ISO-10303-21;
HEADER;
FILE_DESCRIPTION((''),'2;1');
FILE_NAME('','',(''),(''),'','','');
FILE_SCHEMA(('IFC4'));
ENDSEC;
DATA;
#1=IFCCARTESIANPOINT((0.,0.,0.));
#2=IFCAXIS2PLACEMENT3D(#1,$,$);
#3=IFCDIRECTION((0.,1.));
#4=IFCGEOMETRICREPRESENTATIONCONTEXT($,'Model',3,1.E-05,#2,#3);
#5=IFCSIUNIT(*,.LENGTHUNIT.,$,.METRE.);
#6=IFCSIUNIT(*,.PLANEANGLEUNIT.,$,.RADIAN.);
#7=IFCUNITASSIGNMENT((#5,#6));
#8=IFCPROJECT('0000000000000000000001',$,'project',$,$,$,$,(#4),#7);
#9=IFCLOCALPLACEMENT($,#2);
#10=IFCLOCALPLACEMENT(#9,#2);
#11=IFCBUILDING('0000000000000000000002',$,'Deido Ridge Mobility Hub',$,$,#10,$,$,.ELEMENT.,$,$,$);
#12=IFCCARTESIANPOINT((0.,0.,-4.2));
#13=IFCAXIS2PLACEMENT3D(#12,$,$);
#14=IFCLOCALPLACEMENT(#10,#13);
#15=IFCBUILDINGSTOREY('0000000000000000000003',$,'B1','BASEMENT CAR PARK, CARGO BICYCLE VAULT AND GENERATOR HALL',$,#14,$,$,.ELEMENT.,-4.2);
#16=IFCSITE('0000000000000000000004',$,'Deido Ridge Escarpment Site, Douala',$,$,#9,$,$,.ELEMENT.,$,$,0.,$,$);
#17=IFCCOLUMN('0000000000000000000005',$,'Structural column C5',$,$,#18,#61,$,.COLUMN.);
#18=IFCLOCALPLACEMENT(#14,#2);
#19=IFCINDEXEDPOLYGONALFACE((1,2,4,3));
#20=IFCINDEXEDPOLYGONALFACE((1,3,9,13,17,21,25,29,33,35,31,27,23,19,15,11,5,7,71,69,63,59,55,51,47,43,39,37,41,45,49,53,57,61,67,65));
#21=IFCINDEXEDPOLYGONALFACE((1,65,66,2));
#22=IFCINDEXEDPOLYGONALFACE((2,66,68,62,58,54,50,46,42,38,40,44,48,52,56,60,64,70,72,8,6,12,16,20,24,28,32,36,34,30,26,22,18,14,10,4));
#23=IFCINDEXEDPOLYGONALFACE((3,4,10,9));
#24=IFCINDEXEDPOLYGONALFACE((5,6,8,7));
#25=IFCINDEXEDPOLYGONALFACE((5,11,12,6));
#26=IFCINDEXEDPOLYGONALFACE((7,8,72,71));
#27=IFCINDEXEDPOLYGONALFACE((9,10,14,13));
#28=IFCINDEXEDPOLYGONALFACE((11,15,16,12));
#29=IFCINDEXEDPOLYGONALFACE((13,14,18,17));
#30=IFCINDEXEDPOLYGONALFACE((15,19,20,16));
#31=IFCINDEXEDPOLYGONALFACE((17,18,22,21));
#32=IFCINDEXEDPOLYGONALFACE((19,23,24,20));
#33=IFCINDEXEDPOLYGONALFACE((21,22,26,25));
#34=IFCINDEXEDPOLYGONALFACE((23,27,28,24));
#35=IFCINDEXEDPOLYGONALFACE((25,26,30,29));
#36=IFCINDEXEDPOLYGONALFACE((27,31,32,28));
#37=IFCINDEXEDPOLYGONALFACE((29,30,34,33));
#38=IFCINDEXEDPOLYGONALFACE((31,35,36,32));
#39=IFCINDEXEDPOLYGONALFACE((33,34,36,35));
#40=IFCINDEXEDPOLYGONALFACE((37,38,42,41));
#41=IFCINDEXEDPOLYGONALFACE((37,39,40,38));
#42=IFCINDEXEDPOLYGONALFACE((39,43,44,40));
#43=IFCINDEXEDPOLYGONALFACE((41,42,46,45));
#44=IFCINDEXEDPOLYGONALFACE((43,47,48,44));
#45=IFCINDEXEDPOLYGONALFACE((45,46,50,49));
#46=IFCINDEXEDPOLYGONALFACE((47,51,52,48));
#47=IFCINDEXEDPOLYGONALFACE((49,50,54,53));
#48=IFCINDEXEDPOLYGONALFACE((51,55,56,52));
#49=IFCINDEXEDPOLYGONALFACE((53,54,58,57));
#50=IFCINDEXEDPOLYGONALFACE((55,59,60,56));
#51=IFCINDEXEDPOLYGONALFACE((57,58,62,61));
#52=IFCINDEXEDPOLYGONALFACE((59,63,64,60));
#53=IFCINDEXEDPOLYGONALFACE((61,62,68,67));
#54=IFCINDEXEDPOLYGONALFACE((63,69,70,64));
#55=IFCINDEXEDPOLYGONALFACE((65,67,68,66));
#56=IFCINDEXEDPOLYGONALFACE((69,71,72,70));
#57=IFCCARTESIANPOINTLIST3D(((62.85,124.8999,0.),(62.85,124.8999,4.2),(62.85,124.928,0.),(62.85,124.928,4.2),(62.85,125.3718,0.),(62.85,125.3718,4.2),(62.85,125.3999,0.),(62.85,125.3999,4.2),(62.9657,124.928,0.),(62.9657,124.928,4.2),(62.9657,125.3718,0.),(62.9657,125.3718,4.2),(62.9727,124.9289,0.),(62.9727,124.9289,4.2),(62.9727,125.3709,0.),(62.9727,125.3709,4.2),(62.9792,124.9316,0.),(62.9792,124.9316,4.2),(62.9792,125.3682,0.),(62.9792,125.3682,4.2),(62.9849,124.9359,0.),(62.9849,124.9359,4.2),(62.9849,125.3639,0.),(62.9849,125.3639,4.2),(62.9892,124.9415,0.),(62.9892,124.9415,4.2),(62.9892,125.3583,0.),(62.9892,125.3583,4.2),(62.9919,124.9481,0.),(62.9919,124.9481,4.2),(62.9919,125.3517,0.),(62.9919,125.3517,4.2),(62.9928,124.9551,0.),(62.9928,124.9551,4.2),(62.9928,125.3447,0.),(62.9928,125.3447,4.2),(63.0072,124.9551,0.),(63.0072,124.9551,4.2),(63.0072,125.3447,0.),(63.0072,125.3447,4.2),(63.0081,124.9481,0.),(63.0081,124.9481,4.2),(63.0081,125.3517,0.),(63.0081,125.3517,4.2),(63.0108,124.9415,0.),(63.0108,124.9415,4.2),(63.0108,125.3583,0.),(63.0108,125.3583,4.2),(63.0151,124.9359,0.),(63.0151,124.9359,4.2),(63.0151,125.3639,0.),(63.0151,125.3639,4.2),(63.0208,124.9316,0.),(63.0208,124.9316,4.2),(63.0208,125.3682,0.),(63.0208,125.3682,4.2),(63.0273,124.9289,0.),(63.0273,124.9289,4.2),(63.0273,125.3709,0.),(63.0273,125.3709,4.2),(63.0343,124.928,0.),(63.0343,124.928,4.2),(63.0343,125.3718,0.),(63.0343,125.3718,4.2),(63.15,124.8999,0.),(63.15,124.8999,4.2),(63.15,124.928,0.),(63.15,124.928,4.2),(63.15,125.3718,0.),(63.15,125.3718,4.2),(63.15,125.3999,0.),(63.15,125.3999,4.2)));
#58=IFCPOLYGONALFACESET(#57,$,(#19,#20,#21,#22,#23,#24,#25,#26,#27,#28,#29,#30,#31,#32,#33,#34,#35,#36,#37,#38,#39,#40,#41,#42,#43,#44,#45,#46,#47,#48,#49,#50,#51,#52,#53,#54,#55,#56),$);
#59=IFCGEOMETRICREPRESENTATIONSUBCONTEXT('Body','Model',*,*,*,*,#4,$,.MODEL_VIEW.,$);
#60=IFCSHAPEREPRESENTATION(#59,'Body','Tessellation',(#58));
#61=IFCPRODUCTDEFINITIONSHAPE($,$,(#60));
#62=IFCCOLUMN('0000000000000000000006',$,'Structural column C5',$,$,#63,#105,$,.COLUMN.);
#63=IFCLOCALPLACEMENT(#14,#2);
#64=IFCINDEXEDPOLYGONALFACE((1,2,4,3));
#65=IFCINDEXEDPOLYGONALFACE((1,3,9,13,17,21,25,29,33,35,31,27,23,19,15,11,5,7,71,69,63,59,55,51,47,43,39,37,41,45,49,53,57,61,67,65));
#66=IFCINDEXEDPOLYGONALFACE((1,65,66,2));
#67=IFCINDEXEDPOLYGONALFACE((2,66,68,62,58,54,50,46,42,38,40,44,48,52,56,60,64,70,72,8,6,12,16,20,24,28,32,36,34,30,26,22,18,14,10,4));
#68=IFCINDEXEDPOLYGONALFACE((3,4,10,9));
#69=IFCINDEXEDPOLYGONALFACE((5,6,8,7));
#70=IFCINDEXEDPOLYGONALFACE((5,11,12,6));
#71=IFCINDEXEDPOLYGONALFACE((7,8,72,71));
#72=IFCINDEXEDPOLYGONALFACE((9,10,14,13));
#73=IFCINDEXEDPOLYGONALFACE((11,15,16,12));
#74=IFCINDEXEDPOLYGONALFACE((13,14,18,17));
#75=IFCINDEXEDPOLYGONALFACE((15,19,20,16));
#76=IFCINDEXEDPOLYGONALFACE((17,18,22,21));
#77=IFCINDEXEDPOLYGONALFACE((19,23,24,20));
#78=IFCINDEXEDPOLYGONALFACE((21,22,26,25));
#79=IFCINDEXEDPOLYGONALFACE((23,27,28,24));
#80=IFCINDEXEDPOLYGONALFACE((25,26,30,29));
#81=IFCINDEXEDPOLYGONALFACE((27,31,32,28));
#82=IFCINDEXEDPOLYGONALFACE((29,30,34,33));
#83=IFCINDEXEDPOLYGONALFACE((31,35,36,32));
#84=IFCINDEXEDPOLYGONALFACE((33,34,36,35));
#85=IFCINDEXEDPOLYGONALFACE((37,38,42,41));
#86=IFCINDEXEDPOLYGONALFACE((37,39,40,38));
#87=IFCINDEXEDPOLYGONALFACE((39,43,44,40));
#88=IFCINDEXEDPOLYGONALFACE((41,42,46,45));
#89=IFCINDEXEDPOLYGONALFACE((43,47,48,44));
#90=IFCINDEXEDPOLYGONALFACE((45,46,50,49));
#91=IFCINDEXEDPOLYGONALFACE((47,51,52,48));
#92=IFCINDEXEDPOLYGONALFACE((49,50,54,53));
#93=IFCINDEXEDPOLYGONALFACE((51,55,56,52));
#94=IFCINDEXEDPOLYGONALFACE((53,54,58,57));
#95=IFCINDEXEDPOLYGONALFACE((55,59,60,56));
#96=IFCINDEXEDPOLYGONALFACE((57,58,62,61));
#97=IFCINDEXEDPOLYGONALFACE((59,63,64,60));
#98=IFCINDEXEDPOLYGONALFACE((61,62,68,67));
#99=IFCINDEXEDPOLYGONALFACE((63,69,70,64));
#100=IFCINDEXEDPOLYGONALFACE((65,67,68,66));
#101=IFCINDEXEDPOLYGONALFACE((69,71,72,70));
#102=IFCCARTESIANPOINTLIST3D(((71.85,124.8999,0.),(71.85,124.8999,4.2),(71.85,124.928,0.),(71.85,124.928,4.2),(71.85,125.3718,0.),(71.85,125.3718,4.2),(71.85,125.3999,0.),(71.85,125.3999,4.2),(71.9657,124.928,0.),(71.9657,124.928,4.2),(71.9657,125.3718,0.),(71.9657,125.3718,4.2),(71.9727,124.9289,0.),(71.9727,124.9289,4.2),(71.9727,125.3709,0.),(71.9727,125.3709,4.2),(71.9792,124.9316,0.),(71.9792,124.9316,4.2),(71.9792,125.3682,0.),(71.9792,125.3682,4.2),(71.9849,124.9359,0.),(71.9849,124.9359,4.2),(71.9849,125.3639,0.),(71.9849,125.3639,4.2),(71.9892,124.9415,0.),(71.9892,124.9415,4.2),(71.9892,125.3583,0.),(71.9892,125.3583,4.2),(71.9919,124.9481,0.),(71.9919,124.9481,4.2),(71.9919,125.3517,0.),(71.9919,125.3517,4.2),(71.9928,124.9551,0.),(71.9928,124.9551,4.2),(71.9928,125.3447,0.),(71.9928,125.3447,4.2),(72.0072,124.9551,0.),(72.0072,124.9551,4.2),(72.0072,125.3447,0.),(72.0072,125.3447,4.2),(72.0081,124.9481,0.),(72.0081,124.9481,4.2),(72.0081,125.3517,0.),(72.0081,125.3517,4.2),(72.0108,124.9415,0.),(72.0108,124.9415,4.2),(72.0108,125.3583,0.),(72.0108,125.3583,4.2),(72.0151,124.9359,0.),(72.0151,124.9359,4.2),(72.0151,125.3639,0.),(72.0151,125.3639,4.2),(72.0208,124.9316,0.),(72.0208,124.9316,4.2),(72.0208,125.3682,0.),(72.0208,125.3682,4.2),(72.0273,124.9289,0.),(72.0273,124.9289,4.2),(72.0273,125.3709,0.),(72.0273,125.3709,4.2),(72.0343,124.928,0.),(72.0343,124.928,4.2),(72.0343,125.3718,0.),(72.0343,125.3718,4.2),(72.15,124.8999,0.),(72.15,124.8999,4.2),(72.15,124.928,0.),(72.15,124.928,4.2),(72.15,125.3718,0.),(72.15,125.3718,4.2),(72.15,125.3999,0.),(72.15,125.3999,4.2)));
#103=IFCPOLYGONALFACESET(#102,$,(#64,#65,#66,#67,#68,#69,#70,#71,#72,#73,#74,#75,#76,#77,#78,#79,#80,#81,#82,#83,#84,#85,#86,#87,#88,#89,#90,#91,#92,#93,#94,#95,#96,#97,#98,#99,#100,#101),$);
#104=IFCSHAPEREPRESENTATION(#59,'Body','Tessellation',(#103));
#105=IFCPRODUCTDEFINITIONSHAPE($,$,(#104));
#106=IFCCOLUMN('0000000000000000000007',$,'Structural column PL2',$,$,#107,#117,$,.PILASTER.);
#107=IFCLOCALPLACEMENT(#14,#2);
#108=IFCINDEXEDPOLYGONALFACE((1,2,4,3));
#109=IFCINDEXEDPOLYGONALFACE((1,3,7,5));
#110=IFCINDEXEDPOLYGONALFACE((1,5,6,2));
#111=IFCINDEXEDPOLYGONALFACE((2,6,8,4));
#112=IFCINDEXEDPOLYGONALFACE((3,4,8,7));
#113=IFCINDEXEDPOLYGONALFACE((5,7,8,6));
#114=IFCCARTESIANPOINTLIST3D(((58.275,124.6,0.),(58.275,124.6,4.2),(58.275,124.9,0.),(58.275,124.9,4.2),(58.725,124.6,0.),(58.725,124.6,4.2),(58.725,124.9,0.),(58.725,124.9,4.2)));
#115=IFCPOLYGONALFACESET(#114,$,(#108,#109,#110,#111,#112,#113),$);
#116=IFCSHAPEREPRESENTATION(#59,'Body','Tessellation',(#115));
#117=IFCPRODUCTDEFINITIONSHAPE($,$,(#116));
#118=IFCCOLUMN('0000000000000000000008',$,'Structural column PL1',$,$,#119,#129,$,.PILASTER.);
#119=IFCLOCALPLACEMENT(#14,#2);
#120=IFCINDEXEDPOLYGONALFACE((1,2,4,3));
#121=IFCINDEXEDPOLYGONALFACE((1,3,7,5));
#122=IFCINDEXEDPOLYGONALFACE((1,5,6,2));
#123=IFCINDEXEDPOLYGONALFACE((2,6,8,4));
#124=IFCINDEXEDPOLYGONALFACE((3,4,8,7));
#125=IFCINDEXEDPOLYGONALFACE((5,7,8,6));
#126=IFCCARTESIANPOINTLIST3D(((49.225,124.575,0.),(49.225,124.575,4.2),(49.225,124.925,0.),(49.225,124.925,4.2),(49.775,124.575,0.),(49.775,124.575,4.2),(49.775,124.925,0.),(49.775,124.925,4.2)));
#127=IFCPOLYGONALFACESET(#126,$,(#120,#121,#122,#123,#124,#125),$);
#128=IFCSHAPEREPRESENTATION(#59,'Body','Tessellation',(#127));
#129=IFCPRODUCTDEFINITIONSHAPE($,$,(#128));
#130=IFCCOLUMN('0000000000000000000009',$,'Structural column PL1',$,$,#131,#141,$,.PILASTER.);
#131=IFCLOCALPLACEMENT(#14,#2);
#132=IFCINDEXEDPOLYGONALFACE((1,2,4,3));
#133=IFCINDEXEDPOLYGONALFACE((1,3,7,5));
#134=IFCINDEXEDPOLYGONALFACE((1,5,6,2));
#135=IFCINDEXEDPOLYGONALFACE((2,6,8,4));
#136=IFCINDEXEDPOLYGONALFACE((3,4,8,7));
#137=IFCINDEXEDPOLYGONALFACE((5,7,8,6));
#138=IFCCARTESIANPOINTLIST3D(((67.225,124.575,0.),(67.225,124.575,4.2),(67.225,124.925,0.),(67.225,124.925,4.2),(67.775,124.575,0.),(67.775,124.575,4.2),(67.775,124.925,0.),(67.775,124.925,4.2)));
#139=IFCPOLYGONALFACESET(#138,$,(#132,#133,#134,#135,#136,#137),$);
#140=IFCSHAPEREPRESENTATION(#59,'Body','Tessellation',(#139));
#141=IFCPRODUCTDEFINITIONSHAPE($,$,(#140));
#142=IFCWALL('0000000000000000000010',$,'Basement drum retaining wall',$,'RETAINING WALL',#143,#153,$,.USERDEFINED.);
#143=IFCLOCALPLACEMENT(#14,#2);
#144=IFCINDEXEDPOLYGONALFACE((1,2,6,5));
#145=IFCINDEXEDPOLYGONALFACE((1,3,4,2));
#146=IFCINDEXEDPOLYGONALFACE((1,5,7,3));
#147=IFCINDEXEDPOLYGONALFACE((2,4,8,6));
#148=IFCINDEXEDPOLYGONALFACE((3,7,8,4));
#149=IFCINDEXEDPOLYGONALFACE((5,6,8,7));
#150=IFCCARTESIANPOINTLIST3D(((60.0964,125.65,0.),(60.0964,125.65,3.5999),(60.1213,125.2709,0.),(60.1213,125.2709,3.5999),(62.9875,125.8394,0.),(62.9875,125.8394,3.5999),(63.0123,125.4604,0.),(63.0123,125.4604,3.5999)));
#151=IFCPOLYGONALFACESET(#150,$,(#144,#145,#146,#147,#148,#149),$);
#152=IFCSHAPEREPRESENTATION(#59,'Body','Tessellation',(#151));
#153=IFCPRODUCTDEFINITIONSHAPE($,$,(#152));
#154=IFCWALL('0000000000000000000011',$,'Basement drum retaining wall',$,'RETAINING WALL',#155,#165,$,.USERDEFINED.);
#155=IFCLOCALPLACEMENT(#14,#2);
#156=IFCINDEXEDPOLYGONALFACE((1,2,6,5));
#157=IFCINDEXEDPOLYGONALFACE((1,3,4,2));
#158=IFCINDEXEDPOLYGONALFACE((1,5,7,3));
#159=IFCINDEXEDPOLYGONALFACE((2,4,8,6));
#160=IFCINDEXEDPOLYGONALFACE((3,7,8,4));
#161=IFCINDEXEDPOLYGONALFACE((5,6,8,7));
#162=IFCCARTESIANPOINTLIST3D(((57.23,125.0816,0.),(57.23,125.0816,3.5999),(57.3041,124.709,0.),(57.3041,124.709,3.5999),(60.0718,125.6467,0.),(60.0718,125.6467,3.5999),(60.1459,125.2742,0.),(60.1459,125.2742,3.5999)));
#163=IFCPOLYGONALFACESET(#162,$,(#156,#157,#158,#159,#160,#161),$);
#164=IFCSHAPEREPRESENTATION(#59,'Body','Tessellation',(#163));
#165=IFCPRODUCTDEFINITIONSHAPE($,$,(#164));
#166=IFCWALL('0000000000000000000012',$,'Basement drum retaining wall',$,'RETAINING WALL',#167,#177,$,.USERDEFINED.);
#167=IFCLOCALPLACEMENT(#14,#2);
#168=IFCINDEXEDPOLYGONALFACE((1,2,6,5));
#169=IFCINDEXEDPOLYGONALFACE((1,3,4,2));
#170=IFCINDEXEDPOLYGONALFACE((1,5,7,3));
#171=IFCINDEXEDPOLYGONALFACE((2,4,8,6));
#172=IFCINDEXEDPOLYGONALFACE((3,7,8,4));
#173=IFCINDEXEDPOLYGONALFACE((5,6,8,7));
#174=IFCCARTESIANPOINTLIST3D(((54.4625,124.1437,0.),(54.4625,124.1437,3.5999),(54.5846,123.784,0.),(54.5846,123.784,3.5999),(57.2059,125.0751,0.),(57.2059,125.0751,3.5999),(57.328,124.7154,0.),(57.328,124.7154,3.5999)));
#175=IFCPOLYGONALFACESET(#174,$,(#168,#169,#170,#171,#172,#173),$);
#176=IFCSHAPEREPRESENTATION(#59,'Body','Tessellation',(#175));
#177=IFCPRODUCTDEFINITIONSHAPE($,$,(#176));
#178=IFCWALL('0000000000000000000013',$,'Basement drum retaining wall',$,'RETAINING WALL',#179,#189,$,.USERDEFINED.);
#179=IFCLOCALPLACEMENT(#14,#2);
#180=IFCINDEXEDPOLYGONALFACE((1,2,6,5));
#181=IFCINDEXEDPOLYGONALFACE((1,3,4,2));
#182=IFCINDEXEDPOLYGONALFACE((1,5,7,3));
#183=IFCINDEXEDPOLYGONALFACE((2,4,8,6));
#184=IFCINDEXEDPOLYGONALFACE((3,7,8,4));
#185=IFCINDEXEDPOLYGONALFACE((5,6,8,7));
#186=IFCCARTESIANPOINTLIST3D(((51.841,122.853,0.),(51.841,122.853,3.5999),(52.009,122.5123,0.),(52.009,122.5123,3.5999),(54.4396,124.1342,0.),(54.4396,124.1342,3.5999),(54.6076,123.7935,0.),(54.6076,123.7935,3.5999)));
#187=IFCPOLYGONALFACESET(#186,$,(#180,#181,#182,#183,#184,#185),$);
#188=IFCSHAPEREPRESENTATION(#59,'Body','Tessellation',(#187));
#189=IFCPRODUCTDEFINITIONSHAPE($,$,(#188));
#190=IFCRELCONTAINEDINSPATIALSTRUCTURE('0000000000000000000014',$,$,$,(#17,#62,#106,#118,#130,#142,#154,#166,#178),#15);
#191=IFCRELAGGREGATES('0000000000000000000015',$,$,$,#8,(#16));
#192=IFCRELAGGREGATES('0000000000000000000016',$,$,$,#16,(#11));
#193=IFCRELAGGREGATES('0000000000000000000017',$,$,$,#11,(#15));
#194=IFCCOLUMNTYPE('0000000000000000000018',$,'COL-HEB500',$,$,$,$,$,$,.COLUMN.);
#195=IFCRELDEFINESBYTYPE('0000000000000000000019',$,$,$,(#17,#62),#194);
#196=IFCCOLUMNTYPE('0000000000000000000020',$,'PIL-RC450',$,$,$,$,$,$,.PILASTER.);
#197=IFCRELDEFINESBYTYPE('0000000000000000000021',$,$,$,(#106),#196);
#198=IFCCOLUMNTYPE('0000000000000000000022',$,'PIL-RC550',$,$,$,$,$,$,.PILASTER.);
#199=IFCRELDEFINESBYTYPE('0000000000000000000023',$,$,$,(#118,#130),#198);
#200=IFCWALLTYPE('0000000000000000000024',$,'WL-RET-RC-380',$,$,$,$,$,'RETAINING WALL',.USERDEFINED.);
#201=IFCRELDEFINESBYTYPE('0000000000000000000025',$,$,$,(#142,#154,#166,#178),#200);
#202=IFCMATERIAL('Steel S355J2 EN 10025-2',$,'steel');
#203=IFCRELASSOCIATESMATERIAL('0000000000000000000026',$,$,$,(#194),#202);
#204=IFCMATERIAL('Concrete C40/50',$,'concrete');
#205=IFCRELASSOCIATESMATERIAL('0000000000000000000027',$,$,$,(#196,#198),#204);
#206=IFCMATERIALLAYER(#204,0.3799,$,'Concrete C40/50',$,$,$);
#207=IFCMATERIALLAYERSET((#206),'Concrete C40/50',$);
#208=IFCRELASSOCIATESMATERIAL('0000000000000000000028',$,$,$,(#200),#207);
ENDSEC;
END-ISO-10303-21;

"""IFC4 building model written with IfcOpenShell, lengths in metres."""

from ifc_helpers import new_model, si_unit, direction, frame, frame_2d, origin, origin_2d, place, context, subcontext, project, spatial, rectangle, i_section, extrude, material, layer, layer_set, material_profile, profile_set, type_object, element, save


model = new_model("IFC4")

# Units and contexts
model_context = context("Model", 3, precision=1e-05, world=origin(), true_north=direction((0.0, 1.0)))
body_context = subcontext(model_context, "Body", "Model", "MODEL_VIEW")
ifc_project = project(units=[si_unit("LENGTHUNIT", "METRE"), si_unit("PLANEANGLEUNIT", "RADIAN")], contexts=[model_context])

# Site, building, storey
site_placement = place(None, origin())
site = spatial("IfcSite", under=ifc_project, at=site_placement, Name="Deido Ridge Escarpment Site, Douala", CompositionType="ELEMENT", RefElevation=0.0)
building_placement = place(site_placement, origin())
building = spatial("IfcBuilding", under=site, at=building_placement, Name="Deido Ridge Mobility Hub", CompositionType="ELEMENT")
storey_placement = place(building_placement, frame((0.0, 0.0, -4.2)))
storey = spatial("IfcBuildingStorey", under=building, at=storey_placement, Name="B1", Description="BASEMENT CAR PARK, CARGO BICYCLE VAULT AND GENERATOR HALL", CompositionType="ELEMENT", Elevation=-4.2)

# Shared definitions
ifc_material_1 = material(Name="Concrete C40/50", Category="concrete")

# Columns
ifc_material_2 = material(Name="Steel S355J2 EN 10025-2", Category="steel")
ifc_material_profile_1 = material_profile(ifc_material_2, i_section(OverallWidth=0.3, OverallDepth=0.5, WebThickness=0.0144, FlangeThickness=0.0281, FilletRadius=0.0271, at=origin_2d()), Name="HEB 500")
ifc_profile_set_1 = profile_set([ifc_material_profile_1], Name="Steel S355J2 EN 10025-2")
column_type_1 = type_object("IfcColumnType", Name="COL-HEB500", PredefinedType="COLUMN", material=ifc_profile_set_1)
for number, where, z_axis, x_axis, name in (
    (1, (63.0, 125.1499, 0.0), (0.0, 0.0, 1.0), (1.0, 0.0, 0.0), "Structural column C5"),
    (2, (72.0, 125.1499, 0.0), (0.0, 0.0, 1.0), (1.0, 0.0, 0.0), "Structural column C5"),
):
    element("IfcColumn", number, at=place(storey_placement, frame(where, z_axis=z_axis, x_axis=x_axis)), inside=storey, type_object=column_type_1, Name=name, PredefinedType="COLUMN", context=body_context, shape_type="SweptSolid", body=[
        extrude(i_section(OverallWidth=0.3, OverallDepth=0.5, WebThickness=0.0144, FlangeThickness=0.0281, FilletRadius=0.0271, at=origin_2d()), origin(), (0.0, 0.0, 1.0), 4.2),
    ])
ifc_material_profile_2 = material_profile(ifc_material_1, rectangle(XDim=0.45, YDim=0.3, at=origin_2d()), Name="RC PILASTER 450x300")
ifc_profile_set_2 = profile_set([ifc_material_profile_2], Name="Concrete C40/50")
column_type_2 = type_object("IfcColumnType", Name="PIL-RC450", PredefinedType="PILASTER", material=ifc_profile_set_2)
column_placement = place(storey_placement, frame((58.5, 124.75, 0.0), z_axis=(0.0, 0.0, 1.0), x_axis=(1.0, 0.0, 0.0)))
element("IfcColumn", 3, at=column_placement, inside=storey, type_object=column_type_2, Name="Structural column PL2", PredefinedType="PILASTER", context=body_context, shape_type="SweptSolid", body=[
    extrude(rectangle(XDim=0.45, YDim=0.3, at=origin_2d()), origin(), (0.0, 0.0, 1.0), 4.2),
])
ifc_material_profile_3 = material_profile(ifc_material_1, rectangle(XDim=0.55, YDim=0.3501, at=origin_2d()), Name="RC PILASTER 550x350")
ifc_profile_set_3 = profile_set([ifc_material_profile_3], Name="Concrete C40/50")
column_type_3 = type_object("IfcColumnType", Name="PIL-RC550", PredefinedType="PILASTER", material=ifc_profile_set_3)
for number, where, z_axis, x_axis, name in (
    (4, (49.5, 124.75, 0.0), (0.0, 0.0, 1.0), (1.0, 0.0, 0.0), "Structural column PL1"),
    (5, (67.5, 124.75, 0.0), (0.0, 0.0, 1.0), (1.0, 0.0, 0.0), "Structural column PL1"),
):
    element("IfcColumn", number, at=place(storey_placement, frame(where, z_axis=z_axis, x_axis=x_axis)), inside=storey, type_object=column_type_3, Name=name, PredefinedType="PILASTER", context=body_context, shape_type="SweptSolid", body=[
        extrude(rectangle(XDim=0.55, YDim=0.3501, at=origin_2d()), origin(), (0.0, 0.0, 1.0), 4.2),
    ])

# Walls
ifc_layer = layer(ifc_material_1, 0.3799, Name="Concrete C40/50")
ifc_layer_set = layer_set([ifc_layer], Name="Concrete C40/50")
wall_type = type_object("IfcWallType", Name="WL-RET-RC-380", ElementType="RETAINING WALL", PredefinedType="USERDEFINED", material=ifc_layer_set)
wall_1_placement = place(storey_placement, frame((63.0, 125.6499, 0.0), z_axis=(0.0, 0.0, 1.0), x_axis=(-0.99786, -0.065389, 0.0)))
element("IfcWall", 6, at=wall_1_placement, inside=storey, type_object=wall_type, Name="Basement drum retaining wall", ObjectType="RETAINING WALL", PredefinedType="USERDEFINED", context=body_context, shape_type="SweptSolid", body=[
    extrude(rectangle(XDim=2.8972, YDim=0.3799, at=frame_2d((1.4487, 0.0))), origin(), (0.0, 0.0, 1.0), 3.5999),
])
wall_2_placement = place(storey_placement, frame((60.1089, 125.4604, 0.0), z_axis=(0.0, 0.0, 1.0), x_axis=(-0.980791, -0.195063, 0.0)))
element("IfcWall", 7, at=wall_2_placement, inside=storey, type_object=wall_type, Name="Basement drum retaining wall", ObjectType="RETAINING WALL", PredefinedType="USERDEFINED", context=body_context, shape_type="SweptSolid", body=[
    extrude(rectangle(XDim=2.8975, YDim=0.3799, at=frame_2d((1.4487, 0.0))), origin(), (0.0, 0.0, 1.0), 3.5999),
])
for number, where, z_axis, x_axis, name in (
    (8, (57.2671, 124.8953, 0.0), (0.0, 0.0, 1.0), (-0.946916, -0.321481, 0.0), "Basement drum retaining wall"),
    (9, (54.5237, 123.9639, 0.0), (0.0, 0.0, 1.0), (-0.896907, -0.442218, 0.0), "Basement drum retaining wall"),
):
    element("IfcWall", number, at=place(storey_placement, frame(where, z_axis=z_axis, x_axis=x_axis)), inside=storey, type_object=wall_type, Name=name, ObjectType="RETAINING WALL", PredefinedType="USERDEFINED", context=body_context, shape_type="SweptSolid", body=[
        extrude(rectangle(XDim=2.8972, YDim=0.3799, at=frame_2d((1.4487, 0.0))), origin(), (0.0, 0.0, 1.0), 3.5999),
    ])

save(model, "model.ifc")
